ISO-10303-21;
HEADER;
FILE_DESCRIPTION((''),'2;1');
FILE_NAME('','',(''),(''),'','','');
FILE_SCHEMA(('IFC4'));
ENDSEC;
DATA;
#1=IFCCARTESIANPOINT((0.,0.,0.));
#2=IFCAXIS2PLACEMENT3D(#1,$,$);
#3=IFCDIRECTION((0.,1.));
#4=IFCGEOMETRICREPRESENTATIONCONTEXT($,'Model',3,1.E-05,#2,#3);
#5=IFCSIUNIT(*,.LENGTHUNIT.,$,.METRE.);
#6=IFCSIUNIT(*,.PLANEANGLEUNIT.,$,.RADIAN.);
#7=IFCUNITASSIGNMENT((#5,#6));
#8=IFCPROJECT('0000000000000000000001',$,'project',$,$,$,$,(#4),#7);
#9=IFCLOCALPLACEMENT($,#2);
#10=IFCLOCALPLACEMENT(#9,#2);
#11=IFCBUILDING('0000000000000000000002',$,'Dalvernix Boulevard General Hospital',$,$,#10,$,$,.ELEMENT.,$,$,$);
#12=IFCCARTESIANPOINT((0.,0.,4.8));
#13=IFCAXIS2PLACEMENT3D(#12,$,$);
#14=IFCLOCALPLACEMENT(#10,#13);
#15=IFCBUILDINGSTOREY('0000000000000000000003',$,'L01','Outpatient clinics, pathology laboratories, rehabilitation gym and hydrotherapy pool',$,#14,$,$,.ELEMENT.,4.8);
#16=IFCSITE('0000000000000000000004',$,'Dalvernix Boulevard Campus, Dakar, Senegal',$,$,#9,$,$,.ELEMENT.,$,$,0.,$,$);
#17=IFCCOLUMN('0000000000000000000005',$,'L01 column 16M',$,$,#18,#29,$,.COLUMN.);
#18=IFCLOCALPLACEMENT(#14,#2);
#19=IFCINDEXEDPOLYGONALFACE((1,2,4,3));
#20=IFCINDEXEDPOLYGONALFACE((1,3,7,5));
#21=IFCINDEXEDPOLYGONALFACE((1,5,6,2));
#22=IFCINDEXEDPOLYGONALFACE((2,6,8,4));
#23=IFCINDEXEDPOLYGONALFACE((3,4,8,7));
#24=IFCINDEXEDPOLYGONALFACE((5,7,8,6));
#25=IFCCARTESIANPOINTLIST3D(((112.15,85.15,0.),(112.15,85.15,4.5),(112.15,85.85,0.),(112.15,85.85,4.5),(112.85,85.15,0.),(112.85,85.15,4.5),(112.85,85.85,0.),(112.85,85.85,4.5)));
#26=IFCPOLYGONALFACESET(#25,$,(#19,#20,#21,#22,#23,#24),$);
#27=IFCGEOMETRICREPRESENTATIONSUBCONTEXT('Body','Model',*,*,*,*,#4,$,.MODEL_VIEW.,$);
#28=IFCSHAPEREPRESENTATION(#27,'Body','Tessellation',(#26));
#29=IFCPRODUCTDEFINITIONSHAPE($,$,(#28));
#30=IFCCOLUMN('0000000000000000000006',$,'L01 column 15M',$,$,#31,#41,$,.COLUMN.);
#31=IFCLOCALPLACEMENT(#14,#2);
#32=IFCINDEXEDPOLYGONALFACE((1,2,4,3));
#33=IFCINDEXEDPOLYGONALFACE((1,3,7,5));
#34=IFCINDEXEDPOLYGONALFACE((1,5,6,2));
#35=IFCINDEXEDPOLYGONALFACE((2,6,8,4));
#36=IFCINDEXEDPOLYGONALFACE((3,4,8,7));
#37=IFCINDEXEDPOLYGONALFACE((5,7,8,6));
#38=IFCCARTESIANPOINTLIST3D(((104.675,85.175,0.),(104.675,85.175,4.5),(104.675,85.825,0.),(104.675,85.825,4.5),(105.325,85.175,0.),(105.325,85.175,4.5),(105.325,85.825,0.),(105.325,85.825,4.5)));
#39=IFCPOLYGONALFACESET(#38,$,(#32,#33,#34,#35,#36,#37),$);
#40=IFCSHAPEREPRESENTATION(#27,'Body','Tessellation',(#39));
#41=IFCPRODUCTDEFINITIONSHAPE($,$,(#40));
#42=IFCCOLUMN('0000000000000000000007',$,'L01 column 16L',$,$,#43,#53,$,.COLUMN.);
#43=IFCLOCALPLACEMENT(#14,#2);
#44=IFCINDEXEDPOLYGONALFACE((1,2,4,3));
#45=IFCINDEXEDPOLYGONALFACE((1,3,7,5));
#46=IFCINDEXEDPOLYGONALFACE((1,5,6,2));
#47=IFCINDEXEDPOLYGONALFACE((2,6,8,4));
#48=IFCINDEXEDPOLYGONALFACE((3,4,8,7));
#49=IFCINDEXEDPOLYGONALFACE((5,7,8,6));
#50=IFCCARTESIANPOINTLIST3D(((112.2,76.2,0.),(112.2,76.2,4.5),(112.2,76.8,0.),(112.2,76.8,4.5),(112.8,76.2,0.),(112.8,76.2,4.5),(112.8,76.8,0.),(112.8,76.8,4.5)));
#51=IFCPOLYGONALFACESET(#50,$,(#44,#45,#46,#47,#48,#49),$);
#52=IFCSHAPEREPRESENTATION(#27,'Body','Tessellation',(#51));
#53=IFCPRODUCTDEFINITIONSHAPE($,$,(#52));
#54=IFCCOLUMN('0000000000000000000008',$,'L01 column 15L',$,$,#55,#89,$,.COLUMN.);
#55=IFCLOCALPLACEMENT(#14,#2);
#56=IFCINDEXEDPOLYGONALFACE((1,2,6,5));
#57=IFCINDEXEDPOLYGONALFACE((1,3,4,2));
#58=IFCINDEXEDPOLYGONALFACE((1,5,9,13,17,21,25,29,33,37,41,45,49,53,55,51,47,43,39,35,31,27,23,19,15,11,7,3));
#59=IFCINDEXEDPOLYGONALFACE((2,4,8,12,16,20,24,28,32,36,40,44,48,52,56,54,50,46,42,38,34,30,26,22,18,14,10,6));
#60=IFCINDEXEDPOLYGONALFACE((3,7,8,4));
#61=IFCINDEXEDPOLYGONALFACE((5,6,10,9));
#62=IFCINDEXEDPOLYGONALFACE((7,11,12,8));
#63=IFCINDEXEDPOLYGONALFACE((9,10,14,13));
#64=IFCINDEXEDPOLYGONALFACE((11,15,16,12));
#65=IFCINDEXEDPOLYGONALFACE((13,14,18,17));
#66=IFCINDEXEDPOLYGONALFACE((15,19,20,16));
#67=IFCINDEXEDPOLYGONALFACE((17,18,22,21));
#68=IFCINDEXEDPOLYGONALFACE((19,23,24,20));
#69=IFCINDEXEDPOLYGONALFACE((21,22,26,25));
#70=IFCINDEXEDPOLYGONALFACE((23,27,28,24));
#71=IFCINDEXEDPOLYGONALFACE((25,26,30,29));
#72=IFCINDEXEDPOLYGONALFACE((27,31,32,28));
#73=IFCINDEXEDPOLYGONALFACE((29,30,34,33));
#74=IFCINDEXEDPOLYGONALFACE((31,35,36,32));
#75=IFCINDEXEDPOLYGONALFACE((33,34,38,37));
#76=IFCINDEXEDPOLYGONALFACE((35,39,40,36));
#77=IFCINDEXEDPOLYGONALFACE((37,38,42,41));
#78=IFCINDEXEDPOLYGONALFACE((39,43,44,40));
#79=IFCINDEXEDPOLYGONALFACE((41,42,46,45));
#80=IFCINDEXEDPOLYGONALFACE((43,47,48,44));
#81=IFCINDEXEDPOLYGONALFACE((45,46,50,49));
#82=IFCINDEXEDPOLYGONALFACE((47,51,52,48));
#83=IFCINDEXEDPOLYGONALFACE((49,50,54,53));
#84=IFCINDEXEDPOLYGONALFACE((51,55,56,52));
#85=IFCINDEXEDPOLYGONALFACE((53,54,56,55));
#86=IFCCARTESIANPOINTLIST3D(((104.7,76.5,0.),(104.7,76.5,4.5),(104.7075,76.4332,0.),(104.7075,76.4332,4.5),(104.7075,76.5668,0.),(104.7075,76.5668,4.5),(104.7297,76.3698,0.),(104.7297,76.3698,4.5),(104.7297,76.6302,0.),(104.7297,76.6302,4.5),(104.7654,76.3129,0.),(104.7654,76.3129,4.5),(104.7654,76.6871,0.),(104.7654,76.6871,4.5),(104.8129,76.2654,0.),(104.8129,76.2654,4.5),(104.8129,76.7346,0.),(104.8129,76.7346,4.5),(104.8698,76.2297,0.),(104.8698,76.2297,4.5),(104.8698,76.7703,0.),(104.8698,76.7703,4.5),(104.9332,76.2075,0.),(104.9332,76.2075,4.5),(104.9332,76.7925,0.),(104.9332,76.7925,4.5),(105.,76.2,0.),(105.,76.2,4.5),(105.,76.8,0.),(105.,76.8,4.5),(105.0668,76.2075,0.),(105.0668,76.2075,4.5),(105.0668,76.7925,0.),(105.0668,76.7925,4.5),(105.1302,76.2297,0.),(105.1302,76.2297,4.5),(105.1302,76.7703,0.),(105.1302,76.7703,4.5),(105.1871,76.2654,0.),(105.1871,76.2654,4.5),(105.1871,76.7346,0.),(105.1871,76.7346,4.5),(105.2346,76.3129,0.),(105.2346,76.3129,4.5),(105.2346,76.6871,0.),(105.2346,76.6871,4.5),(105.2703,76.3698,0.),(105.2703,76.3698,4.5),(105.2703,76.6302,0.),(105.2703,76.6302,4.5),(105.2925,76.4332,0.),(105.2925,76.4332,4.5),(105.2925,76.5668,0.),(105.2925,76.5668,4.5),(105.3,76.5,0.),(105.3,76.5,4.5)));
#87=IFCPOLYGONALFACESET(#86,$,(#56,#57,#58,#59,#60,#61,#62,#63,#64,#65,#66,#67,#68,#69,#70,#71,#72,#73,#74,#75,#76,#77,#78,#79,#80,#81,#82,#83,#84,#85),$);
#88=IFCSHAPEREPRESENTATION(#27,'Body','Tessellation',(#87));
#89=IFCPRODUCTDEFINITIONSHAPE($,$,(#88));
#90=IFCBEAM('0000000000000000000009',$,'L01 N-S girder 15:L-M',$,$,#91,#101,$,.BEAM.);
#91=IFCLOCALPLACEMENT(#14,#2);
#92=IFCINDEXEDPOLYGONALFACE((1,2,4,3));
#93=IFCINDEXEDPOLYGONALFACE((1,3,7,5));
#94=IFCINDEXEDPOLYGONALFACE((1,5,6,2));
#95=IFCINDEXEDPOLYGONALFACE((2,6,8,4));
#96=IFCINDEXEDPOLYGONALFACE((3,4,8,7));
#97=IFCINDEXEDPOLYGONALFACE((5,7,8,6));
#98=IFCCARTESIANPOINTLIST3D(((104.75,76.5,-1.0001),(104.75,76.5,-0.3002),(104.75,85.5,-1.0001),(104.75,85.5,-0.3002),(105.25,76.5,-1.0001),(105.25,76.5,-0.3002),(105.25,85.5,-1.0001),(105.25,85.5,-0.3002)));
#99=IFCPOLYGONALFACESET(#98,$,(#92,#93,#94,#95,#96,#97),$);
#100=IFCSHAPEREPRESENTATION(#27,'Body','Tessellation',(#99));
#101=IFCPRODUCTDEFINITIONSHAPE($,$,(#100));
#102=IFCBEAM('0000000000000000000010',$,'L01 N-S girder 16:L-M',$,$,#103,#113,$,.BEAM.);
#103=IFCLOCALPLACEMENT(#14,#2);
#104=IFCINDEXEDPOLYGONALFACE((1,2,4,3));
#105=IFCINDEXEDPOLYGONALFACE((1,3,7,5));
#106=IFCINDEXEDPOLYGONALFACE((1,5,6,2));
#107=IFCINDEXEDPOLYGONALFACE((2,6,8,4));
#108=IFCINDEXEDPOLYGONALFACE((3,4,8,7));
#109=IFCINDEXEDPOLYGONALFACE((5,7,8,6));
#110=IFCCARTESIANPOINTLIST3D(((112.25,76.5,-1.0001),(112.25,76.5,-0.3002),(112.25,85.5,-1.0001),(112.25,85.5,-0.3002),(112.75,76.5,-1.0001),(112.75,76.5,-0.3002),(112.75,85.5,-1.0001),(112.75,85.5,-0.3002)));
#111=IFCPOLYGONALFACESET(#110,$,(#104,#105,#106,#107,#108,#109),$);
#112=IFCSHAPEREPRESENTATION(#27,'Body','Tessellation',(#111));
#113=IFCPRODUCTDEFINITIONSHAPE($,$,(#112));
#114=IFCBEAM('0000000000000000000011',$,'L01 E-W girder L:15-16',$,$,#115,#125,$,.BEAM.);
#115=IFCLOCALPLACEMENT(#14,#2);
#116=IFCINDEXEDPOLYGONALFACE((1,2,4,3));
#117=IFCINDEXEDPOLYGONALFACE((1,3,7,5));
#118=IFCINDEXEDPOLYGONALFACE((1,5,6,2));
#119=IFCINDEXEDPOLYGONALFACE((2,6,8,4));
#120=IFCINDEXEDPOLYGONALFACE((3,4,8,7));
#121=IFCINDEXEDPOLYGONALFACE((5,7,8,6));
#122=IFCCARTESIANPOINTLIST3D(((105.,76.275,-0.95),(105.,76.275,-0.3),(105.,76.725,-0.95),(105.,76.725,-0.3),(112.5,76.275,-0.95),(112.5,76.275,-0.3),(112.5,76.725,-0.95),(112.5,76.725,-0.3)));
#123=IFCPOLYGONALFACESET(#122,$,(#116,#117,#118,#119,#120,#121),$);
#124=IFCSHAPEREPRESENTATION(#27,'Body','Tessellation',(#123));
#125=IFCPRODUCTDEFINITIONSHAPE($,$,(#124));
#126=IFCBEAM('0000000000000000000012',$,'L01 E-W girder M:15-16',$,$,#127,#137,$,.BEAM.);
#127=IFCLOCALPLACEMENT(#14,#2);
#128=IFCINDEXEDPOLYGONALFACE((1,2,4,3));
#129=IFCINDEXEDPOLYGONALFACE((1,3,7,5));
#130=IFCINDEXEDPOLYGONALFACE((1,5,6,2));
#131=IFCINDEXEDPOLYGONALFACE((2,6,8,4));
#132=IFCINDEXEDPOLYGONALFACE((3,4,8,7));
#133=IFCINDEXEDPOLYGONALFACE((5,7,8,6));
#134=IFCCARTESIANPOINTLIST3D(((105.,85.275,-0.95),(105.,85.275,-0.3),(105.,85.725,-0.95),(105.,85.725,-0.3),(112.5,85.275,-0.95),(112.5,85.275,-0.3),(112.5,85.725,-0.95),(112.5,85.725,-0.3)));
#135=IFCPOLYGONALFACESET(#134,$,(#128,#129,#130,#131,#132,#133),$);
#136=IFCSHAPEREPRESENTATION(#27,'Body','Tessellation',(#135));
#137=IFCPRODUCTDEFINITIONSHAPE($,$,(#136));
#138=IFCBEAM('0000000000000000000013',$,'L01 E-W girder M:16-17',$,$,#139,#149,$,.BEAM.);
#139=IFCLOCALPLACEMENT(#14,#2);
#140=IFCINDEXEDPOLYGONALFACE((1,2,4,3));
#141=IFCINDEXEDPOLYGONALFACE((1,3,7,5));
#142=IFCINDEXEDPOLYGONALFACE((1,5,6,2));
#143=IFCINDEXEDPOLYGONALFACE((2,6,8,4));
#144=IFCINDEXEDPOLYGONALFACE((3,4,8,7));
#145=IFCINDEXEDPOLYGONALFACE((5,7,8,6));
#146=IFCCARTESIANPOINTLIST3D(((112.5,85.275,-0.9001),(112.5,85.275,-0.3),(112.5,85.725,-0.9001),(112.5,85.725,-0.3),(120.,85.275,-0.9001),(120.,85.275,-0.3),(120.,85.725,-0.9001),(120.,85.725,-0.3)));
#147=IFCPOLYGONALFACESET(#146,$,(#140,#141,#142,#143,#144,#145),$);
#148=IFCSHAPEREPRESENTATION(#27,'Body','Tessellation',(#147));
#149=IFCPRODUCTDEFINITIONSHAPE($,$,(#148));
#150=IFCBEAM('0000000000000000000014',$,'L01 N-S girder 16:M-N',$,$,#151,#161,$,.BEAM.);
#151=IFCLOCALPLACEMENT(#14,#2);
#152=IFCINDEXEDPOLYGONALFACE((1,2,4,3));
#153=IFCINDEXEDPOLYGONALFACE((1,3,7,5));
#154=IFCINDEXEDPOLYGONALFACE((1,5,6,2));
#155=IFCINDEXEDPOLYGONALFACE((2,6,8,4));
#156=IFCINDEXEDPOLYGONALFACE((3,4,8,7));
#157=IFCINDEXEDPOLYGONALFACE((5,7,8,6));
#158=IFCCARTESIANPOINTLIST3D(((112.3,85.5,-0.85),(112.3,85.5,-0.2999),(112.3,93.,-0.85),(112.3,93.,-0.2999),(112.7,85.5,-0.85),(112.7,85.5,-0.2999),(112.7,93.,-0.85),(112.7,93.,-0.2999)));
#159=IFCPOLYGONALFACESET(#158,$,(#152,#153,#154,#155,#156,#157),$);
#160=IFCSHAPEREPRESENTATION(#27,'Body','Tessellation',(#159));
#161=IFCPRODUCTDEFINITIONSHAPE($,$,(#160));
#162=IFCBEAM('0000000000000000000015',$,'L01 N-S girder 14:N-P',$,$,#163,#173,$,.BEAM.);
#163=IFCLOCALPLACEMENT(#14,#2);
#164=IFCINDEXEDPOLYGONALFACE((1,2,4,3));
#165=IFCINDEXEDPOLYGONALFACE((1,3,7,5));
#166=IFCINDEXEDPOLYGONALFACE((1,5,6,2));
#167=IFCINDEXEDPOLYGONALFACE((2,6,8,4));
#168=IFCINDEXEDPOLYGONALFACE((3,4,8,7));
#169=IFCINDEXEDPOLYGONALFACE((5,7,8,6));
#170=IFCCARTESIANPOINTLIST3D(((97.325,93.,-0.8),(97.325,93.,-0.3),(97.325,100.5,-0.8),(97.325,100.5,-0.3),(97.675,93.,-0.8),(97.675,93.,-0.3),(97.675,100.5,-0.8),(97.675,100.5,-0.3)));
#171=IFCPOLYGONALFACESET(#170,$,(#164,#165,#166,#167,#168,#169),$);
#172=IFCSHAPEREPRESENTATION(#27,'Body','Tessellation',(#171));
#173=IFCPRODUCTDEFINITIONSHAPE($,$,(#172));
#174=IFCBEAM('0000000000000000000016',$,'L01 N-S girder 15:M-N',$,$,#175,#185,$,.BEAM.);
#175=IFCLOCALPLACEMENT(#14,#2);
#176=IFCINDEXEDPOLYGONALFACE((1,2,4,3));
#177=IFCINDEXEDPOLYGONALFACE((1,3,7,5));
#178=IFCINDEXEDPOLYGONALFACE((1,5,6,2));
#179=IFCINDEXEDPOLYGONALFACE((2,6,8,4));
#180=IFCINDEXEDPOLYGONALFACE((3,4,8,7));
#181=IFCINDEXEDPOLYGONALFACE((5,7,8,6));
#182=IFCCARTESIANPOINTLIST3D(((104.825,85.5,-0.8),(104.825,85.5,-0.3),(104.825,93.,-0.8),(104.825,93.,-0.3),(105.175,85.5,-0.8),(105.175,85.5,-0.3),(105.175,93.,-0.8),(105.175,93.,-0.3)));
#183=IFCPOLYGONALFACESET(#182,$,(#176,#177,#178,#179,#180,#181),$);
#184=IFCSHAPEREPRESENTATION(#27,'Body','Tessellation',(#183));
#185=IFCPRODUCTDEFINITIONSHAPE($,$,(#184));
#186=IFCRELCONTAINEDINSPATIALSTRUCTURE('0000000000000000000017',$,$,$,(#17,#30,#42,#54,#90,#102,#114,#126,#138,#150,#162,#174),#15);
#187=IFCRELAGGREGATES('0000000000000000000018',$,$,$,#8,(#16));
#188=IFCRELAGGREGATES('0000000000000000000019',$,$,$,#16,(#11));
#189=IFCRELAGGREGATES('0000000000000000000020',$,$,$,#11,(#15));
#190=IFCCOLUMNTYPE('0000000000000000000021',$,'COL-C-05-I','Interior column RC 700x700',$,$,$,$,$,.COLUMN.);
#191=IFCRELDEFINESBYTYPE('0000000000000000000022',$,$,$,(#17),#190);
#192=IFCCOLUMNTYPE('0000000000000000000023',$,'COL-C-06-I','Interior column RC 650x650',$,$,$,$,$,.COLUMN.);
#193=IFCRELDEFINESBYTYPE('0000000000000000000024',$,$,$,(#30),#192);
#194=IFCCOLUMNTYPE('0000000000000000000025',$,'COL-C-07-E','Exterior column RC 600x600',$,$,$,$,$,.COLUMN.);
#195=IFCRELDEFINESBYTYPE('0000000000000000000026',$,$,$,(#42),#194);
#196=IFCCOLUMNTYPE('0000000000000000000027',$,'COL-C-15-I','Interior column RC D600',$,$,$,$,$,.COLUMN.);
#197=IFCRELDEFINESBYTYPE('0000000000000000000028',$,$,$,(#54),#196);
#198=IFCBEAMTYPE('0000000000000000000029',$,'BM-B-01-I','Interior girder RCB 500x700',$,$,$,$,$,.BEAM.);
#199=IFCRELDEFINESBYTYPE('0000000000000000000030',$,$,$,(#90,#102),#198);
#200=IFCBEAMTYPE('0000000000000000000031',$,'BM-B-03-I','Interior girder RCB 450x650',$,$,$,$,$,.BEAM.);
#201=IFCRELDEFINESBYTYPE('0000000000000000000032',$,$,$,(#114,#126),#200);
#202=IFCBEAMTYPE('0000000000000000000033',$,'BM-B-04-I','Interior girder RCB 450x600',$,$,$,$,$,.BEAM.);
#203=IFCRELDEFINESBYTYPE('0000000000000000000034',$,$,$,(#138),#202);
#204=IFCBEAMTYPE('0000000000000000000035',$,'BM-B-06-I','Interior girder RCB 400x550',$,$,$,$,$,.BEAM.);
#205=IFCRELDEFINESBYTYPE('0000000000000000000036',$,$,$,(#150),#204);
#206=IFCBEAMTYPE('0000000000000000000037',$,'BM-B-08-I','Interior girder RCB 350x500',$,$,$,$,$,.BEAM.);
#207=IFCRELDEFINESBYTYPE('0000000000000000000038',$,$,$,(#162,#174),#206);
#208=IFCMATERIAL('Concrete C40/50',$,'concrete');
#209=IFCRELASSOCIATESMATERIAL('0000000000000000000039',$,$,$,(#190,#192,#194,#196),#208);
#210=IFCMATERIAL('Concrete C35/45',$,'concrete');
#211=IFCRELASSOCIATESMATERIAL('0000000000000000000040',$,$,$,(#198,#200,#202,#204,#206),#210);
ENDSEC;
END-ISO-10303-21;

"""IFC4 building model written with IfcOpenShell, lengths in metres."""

from ifc_helpers import new_model, si_unit, direction, frame, origin, origin_2d, place, context, subcontext, project, spatial, rectangle, circle, extrude, material, material_profile, profile_set, type_object, element, save


model = new_model("IFC4")

# Units and contexts
model_context = context("Model", 3, precision=1e-05, world=origin(), true_north=direction((0.0, 1.0)))
body_context = subcontext(model_context, "Body", "Model", "MODEL_VIEW")
ifc_project = project(units=[si_unit("LENGTHUNIT", "METRE"), si_unit("PLANEANGLEUNIT", "RADIAN")], contexts=[model_context])

# Site, building, storey
site_placement = place(None, origin())
site = spatial("IfcSite", under=ifc_project, at=site_placement, Name="Dalvernix Boulevard Campus, Dakar, Senegal", CompositionType="ELEMENT", RefElevation=0.0)
building_placement = place(site_placement, origin())
building = spatial("IfcBuilding", under=site, at=building_placement, Name="Dalvernix Boulevard General Hospital", CompositionType="ELEMENT")
storey_placement = place(building_placement, frame((0.0, 0.0, 4.8)))
storey = spatial("IfcBuildingStorey", under=building, at=storey_placement, Name="L01", Description="Outpatient clinics, pathology laboratories, rehabilitation gym and hydrotherapy pool", CompositionType="ELEMENT", Elevation=4.8)

# Columns
ifc_material_1 = material(Name="Concrete C40/50", Category="concrete")
ifc_material_profile_1 = material_profile(ifc_material_1, rectangle(XDim=0.7, YDim=0.7, at=origin_2d()), Name="RC 700x700")
ifc_profile_set_1 = profile_set([ifc_material_profile_1], Name="Concrete C40/50")
column_type_1 = type_object("IfcColumnType", Name="COL-C-05-I", Description="Interior column RC 700x700", PredefinedType="COLUMN", material=ifc_profile_set_1)
column_1_placement = place(storey_placement, frame((112.5, 85.5, 0.0), z_axis=(0.0, 0.0, 1.0), x_axis=(1.0, 0.0, 0.0)))
element("IfcColumn", 1, at=column_1_placement, inside=storey, type_object=column_type_1, Name="L01 column 16M", PredefinedType="COLUMN", context=body_context, shape_type="SweptSolid", body=[
    extrude(rectangle(XDim=0.7, YDim=0.7, at=origin_2d()), origin(), (0.0, 0.0, 1.0), 4.5),
])
ifc_material_profile_2 = material_profile(ifc_material_1, rectangle(XDim=0.6499, YDim=0.6499, at=origin_2d()), Name="RC 650x650")
ifc_profile_set_2 = profile_set([ifc_material_profile_2], Name="Concrete C40/50")
column_type_2 = type_object("IfcColumnType", Name="COL-C-06-I", Description="Interior column RC 650x650", PredefinedType="COLUMN", material=ifc_profile_set_2)
column_2_placement = place(storey_placement, frame((105.0, 85.5, 0.0), z_axis=(0.0, 0.0, 1.0), x_axis=(1.0, 0.0, 0.0)))
element("IfcColumn", 2, at=column_2_placement, inside=storey, type_object=column_type_2, Name="L01 column 15M", PredefinedType="COLUMN", context=body_context, shape_type="SweptSolid", body=[
    extrude(rectangle(XDim=0.6499, YDim=0.6499, at=origin_2d()), origin(), (0.0, 0.0, 1.0), 4.5),
])
ifc_material_profile_3 = material_profile(ifc_material_1, rectangle(XDim=0.6001, YDim=0.6001, at=origin_2d()), Name="RC 600x600")
ifc_profile_set_3 = profile_set([ifc_material_profile_3], Name="Concrete C40/50")
column_type_3 = type_object("IfcColumnType", Name="COL-C-07-E", Description="Exterior column RC 600x600", PredefinedType="COLUMN", material=ifc_profile_set_3)
column_3_placement = place(storey_placement, frame((112.5, 76.5, 0.0), z_axis=(0.0, 0.0, 1.0), x_axis=(1.0, 0.0, 0.0)))
element("IfcColumn", 3, at=column_3_placement, inside=storey, type_object=column_type_3, Name="L01 column 16L", PredefinedType="COLUMN", context=body_context, shape_type="SweptSolid", body=[
    extrude(rectangle(XDim=0.6001, YDim=0.6001, at=origin_2d()), origin(), (0.0, 0.0, 1.0), 4.5),
])
ifc_material_profile_4 = material_profile(ifc_material_1, circle(Radius=0.3, at=origin_2d()), Name="RC D600")
ifc_profile_set_4 = profile_set([ifc_material_profile_4], Name="Concrete C40/50")
column_type_4 = type_object("IfcColumnType", Name="COL-C-15-I", Description="Interior column RC D600", PredefinedType="COLUMN", material=ifc_profile_set_4)
column_4_placement = place(storey_placement, frame((105.0, 76.5, 0.0), z_axis=(0.0, 0.0, 1.0), x_axis=(1.0, 0.0, 0.0)))
element("IfcColumn", 4, at=column_4_placement, inside=storey, type_object=column_type_4, Name="L01 column 15L", PredefinedType="COLUMN", context=body_context, shape_type="SweptSolid", body=[
    extrude(circle(Radius=0.3, at=origin_2d()), origin(), (0.0, 0.0, 1.0), 4.5),
])

# Beams
ifc_material_2 = material(Name="Concrete C35/45", Category="concrete")
ifc_material_profile_5 = material_profile(ifc_material_2, rectangle(XDim=0.5, YDim=0.7, at=origin_2d()), Name="RCB 500x700")
ifc_profile_set_5 = profile_set([ifc_material_profile_5], Name="Concrete C35/45")
beam_type_1 = type_object("IfcBeamType", Name="BM-B-01-I", Description="Interior girder RCB 500x700", PredefinedType="BEAM", material=ifc_profile_set_5)
for number, where, z_axis, x_axis, name in (
    (5, (105.0, 76.5, -0.6501), (0.0, 1.0, 0.0), (-1.0, 0.0, 0.0), "L01 N-S girder 15:L-M"),
    (6, (112.5, 76.5, -0.6501), (0.0, 1.0, 0.0), (-1.0, 0.0, 0.0), "L01 N-S girder 16:L-M"),
):
    element("IfcBeam", number, at=place(storey_placement, frame(where, z_axis=z_axis, x_axis=x_axis)), inside=storey, type_object=beam_type_1, Name=name, PredefinedType="BEAM", context=body_context, shape_type="SweptSolid", body=[
        extrude(rectangle(XDim=0.5, YDim=0.7, at=origin_2d()), origin(), (0.0, 0.0, 1.0), 9.0),
    ])
ifc_material_profile_6 = material_profile(ifc_material_2, rectangle(XDim=0.45, YDim=0.6499, at=origin_2d()), Name="RCB 450x650")
ifc_profile_set_6 = profile_set([ifc_material_profile_6], Name="Concrete C35/45")
beam_type_2 = type_object("IfcBeamType", Name="BM-B-03-I", Description="Interior girder RCB 450x650", PredefinedType="BEAM", material=ifc_profile_set_6)
for number, where, z_axis, x_axis, name in (
    (7, (105.0, 76.5, -0.625), (1.0, 0.0, 0.0), (0.0, 1.0, 0.0), "L01 E-W girder L:15-16"),
    (8, (105.0, 85.5, -0.625), (1.0, 0.0, 0.0), (0.0, 1.0, 0.0), "L01 E-W girder M:15-16"),
):
    element("IfcBeam", number, at=place(storey_placement, frame(where, z_axis=z_axis, x_axis=x_axis)), inside=storey, type_object=beam_type_2, Name=name, PredefinedType="BEAM", context=body_context, shape_type="SweptSolid", body=[
        extrude(rectangle(XDim=0.45, YDim=0.6499, at=origin_2d()), origin(), (0.0, 0.0, 1.0), 7.5),
    ])
ifc_material_profile_7 = material_profile(ifc_material_2, rectangle(XDim=0.45, YDim=0.6001, at=origin_2d()), Name="RCB 450x600")
ifc_profile_set_7 = profile_set([ifc_material_profile_7], Name="Concrete C35/45")
beam_type_3 = type_object("IfcBeamType", Name="BM-B-04-I", Description="Interior girder RCB 450x600", PredefinedType="BEAM", material=ifc_profile_set_7)
beam_1_placement = place(storey_placement, frame((112.5, 85.5, -0.6001), z_axis=(1.0, 0.0, 0.0), x_axis=(0.0, 1.0, 0.0)))
element("IfcBeam", 9, at=beam_1_placement, inside=storey, type_object=beam_type_3, Name="L01 E-W girder M:16-17", PredefinedType="BEAM", context=body_context, shape_type="SweptSolid", body=[
    extrude(rectangle(XDim=0.45, YDim=0.6001, at=origin_2d()), origin(), (0.0, 0.0, 1.0), 7.5),
])
ifc_material_profile_8 = material_profile(ifc_material_2, rectangle(XDim=0.3999, YDim=0.55, at=origin_2d()), Name="RCB 400x550")
ifc_profile_set_8 = profile_set([ifc_material_profile_8], Name="Concrete C35/45")
beam_type_4 = type_object("IfcBeamType", Name="BM-B-06-I", Description="Interior girder RCB 400x550", PredefinedType="BEAM", material=ifc_profile_set_8)
beam_2_placement = place(storey_placement, frame((112.5, 85.5, -0.575), z_axis=(0.0, 1.0, 0.0), x_axis=(-1.0, 0.0, 0.0)))
element("IfcBeam", 10, at=beam_2_placement, inside=storey, type_object=beam_type_4, Name="L01 N-S girder 16:M-N", PredefinedType="BEAM", context=body_context, shape_type="SweptSolid", body=[
    extrude(rectangle(XDim=0.3999, YDim=0.55, at=origin_2d()), origin(), (0.0, 0.0, 1.0), 7.5),
])
ifc_material_profile_9 = material_profile(ifc_material_2, rectangle(XDim=0.3501, YDim=0.5, at=origin_2d()), Name="RCB 350x500")
ifc_profile_set_9 = profile_set([ifc_material_profile_9], Name="Concrete C35/45")
beam_type_5 = type_object("IfcBeamType", Name="BM-B-08-I", Description="Interior girder RCB 350x500", PredefinedType="BEAM", material=ifc_profile_set_9)
for number, where, z_axis, x_axis, name in (
    (11, (97.5, 93.0, -0.55), (0.0, 1.0, 0.0), (-1.0, 0.0, 0.0), "L01 N-S girder 14:N-P"),
    (12, (105.0, 85.5, -0.55), (0.0, 1.0, 0.0), (-1.0, 0.0, 0.0), "L01 N-S girder 15:M-N"),
):
    element("IfcBeam", number, at=place(storey_placement, frame(where, z_axis=z_axis, x_axis=x_axis)), inside=storey, type_object=beam_type_5, Name=name, PredefinedType="BEAM", context=body_context, shape_type="SweptSolid", body=[
        extrude(rectangle(XDim=0.3501, YDim=0.5, at=origin_2d()), origin(), (0.0, 0.0, 1.0), 7.5),
    ])

save(model, "model.ifc")
